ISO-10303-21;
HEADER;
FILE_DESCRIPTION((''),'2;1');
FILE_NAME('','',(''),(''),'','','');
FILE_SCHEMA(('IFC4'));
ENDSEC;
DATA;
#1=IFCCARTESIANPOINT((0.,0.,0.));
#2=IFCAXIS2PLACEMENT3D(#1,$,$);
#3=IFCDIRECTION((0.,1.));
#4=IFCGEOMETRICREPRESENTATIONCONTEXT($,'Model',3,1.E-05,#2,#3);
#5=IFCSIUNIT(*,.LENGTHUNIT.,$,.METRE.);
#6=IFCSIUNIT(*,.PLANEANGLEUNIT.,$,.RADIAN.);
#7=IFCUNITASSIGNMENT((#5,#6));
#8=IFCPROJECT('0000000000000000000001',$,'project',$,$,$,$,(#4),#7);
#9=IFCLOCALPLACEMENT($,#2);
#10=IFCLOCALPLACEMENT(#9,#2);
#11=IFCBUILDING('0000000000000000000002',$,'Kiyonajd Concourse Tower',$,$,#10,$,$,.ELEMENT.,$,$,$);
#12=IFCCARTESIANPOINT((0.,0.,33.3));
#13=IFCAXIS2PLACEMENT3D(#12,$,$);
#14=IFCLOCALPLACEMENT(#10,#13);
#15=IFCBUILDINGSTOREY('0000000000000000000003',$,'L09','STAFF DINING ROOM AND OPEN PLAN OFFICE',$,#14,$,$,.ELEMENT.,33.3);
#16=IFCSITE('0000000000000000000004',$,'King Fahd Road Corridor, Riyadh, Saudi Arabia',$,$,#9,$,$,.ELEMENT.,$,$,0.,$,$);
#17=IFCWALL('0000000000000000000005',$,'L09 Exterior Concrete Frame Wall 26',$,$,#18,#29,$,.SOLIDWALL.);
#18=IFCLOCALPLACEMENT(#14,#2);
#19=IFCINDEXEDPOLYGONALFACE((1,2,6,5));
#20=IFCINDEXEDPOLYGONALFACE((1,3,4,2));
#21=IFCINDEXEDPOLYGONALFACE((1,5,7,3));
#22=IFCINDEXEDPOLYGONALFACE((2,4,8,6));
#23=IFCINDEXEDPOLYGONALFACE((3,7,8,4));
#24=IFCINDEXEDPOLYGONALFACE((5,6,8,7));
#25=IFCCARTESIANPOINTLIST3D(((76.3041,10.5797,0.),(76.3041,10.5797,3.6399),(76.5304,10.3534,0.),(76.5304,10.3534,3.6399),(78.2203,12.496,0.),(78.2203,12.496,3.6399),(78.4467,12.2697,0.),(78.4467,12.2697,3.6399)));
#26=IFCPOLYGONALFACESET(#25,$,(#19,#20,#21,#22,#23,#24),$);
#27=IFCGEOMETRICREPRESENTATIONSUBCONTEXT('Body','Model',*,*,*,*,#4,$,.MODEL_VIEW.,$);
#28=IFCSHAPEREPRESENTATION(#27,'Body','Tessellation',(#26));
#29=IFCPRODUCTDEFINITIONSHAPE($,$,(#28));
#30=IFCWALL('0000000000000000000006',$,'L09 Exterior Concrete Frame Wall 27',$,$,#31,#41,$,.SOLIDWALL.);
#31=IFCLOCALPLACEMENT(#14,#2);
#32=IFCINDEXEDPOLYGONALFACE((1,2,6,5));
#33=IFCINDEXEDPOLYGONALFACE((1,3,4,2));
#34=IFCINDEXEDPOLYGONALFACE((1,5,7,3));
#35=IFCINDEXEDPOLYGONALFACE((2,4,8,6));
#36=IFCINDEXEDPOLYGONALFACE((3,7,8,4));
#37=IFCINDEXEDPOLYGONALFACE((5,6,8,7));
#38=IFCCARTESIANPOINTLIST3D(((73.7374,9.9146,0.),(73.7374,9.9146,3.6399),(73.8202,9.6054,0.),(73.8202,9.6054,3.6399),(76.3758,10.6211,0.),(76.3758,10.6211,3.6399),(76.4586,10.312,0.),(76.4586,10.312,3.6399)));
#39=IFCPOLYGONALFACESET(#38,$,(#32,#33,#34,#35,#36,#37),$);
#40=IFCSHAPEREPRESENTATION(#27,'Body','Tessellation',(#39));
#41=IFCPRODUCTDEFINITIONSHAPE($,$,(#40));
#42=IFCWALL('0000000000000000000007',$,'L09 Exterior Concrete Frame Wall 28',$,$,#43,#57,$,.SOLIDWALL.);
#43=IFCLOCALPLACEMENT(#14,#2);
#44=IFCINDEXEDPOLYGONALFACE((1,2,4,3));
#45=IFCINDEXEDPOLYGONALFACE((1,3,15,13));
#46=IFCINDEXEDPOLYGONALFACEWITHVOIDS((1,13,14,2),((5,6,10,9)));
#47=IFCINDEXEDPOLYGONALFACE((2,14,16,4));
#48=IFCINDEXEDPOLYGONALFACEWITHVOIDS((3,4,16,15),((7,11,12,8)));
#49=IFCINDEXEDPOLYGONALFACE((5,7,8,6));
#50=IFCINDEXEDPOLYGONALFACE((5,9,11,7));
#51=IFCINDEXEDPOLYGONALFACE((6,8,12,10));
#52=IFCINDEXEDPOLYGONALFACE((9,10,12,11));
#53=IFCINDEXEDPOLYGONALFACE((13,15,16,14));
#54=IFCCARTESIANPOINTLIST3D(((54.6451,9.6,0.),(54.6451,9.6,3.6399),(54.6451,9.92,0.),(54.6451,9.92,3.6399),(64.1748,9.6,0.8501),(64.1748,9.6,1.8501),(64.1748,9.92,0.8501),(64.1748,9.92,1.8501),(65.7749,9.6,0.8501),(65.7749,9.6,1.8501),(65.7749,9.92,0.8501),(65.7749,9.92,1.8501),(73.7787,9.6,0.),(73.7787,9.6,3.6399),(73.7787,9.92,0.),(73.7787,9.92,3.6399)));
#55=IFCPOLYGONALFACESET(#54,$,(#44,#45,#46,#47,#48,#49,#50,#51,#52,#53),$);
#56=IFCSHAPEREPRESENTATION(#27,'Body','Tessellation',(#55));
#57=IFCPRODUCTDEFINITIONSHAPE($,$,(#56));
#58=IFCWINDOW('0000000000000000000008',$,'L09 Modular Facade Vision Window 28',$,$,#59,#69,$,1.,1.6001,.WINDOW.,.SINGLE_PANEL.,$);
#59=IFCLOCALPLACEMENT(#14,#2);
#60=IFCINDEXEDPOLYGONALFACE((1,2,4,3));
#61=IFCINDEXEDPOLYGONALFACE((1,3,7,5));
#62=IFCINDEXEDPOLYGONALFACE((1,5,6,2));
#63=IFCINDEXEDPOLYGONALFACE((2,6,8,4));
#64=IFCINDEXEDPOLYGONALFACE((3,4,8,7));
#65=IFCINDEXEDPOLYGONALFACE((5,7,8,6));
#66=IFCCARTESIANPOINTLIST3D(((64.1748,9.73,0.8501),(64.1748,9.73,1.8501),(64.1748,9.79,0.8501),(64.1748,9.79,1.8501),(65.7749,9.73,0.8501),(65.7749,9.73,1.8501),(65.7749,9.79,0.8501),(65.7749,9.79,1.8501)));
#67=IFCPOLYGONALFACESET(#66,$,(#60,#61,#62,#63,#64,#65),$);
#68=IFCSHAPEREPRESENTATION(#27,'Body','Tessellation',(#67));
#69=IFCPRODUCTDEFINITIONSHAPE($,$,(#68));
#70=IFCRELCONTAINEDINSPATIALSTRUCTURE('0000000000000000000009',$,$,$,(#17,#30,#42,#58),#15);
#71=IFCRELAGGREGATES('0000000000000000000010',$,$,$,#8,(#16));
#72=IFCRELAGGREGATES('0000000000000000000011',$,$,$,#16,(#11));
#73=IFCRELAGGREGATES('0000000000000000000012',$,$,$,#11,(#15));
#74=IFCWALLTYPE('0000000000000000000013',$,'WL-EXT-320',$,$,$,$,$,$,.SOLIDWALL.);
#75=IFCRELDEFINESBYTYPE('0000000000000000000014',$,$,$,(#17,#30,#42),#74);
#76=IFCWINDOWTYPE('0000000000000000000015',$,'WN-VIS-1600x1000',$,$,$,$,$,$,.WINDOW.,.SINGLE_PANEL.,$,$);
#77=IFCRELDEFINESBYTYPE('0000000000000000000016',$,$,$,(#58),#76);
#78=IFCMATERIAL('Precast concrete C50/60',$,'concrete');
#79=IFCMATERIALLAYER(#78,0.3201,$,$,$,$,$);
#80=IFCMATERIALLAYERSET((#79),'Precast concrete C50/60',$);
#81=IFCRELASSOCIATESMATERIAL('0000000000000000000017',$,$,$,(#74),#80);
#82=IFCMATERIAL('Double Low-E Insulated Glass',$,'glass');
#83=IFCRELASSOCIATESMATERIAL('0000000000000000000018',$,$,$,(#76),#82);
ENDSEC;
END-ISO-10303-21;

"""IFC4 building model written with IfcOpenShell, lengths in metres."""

from ifc_helpers import new_model, si_unit, direction, frame, frame_2d, origin, place, context, subcontext, project, spatial, rectangle, extrude, material, layer, layer_set, type_object, element, fill, save


model = new_model("IFC4")

# Units and contexts
model_context = context("Model", 3, precision=1e-05, world=origin(), true_north=direction((0.0, 1.0)))
body_context = subcontext(model_context, "Body", "Model", "MODEL_VIEW")
ifc_project = project(units=[si_unit("LENGTHUNIT", "METRE"), si_unit("PLANEANGLEUNIT", "RADIAN")], contexts=[model_context])

# Site, building, storey
site_placement = place(None, origin())
site = spatial("IfcSite", under=ifc_project, at=site_placement, Name="King Fahd Road Corridor, Riyadh, Saudi Arabia", CompositionType="ELEMENT", RefElevation=0.0)
building_placement = place(site_placement, origin())
building = spatial("IfcBuilding", under=site, at=building_placement, Name="Kiyonajd Concourse Tower", CompositionType="ELEMENT")
storey_placement = place(building_placement, frame((0.0, 0.0, 33.3)))
storey = spatial("IfcBuildingStorey", under=building, at=storey_placement, Name="L09", Description="STAFF DINING ROOM AND OPEN PLAN OFFICE", CompositionType="ELEMENT", Elevation=33.3)

# Shared definitions
ifc_material_1 = material(Name="Precast concrete C50/60", Category="concrete")

# Shared definitions
ifc_material_2 = material(Name="Double Low-E Insulated Glass", Category="glass")

# Walls
ifc_layer_1 = layer(ifc_material_1, 0.3201)
ifc_layer_set_1 = layer_set([ifc_layer_1], Name="Precast concrete C50/60")
wall_type = type_object("IfcWallType", Name="WL-EXT-320", PredefinedType="SOLIDWALL", material=ifc_layer_set_1)
wall_1_placement = place(storey_placement, frame((78.3335, 12.3828, 0.0), z_axis=(0.0, 0.0, 1.0), x_axis=(-0.707107, -0.707107, 0.0)))
element("IfcWall", 1, at=wall_1_placement, inside=storey, type_object=wall_type, Name="L09 Exterior Concrete Frame Wall 26", PredefinedType="SOLIDWALL", context=body_context, shape_type="SweptSolid", body=[
    extrude(rectangle(XDim=2.71, YDim=0.3201, at=frame_2d((1.355, 0.0))), origin(), (0.0, 0.0, 1.0), 3.6399),
])
wall_2_placement = place(storey_placement, frame((76.4172, 10.4666, 0.0), z_axis=(0.0, 0.0, 1.0), x_axis=(-0.965964, -0.258675, 0.0)))
element("IfcWall", 2, at=wall_2_placement, inside=storey, type_object=wall_type, Name="L09 Exterior Concrete Frame Wall 27", PredefinedType="SOLIDWALL", context=body_context, shape_type="SweptSolid", body=[
    extrude(rectangle(XDim=2.7314, YDim=0.3201, at=frame_2d((1.3657, 0.0))), origin(), (0.0, 0.0, 1.0), 3.6399),
])

# Wall, opening, window
wall_3_placement = place(storey_placement, frame((73.7788, 9.76, 0.0), z_axis=(0.0, 0.0, 1.0), x_axis=(-1.0, 0.0, 0.0)))
wall_3 = element("IfcWall", 3, at=wall_3_placement, inside=storey, type_object=wall_type, Name="L09 Exterior Concrete Frame Wall 28", PredefinedType="SOLIDWALL", context=body_context, shape_type="SweptSolid", body=[
    extrude(rectangle(XDim=19.1335, YDim=0.3201, at=frame_2d((9.5669, 0.0))), origin(), (0.0, 0.0, 1.0), 3.6399),
])
opening_placement = place(wall_3_placement, frame((8.0039, 0.0, 0.8501)))
opening = element("IfcOpeningElement", 4, at=opening_placement, cuts=wall_3, PredefinedType="OPENING", context=body_context, shape_type="SweptSolid", body=[
    extrude(rectangle(XDim=1.6001, YDim=1.0, at=frame_2d((0.8, 0.5))), frame((0.0, 0.1699, 0.0), z_axis=(0.0, -1.0, 0.0), x_axis=(1.0, 0.0, 0.0)), (0.0, 0.0, 1.0), 0.3401),
])
window_type = type_object("IfcWindowType", Name="WN-VIS-1600x1000", PartitioningType="SINGLE_PANEL", PredefinedType="WINDOW", material=ifc_material_2)
window_placement = place(opening_placement, origin())
window = element("IfcWindow", 5, at=window_placement, inside=storey, type_object=window_type, Name="L09 Modular Facade Vision Window 28", OverallHeight=1.0, OverallWidth=1.6001, PartitioningType="SINGLE_PANEL", PredefinedType="WINDOW", context=body_context, shape_type="SweptSolid", body=[
    extrude(rectangle(XDim=1.6001, YDim=1.0, at=frame_2d((0.8, 0.5))), frame((0.0, 0.03, 0.0), z_axis=(0.0, -1.0, 0.0), x_axis=(1.0, 0.0, 0.0)), (0.0, 0.0, 1.0), 0.0601),
])
fill(opening, window)

save(model, "model.ifc")
